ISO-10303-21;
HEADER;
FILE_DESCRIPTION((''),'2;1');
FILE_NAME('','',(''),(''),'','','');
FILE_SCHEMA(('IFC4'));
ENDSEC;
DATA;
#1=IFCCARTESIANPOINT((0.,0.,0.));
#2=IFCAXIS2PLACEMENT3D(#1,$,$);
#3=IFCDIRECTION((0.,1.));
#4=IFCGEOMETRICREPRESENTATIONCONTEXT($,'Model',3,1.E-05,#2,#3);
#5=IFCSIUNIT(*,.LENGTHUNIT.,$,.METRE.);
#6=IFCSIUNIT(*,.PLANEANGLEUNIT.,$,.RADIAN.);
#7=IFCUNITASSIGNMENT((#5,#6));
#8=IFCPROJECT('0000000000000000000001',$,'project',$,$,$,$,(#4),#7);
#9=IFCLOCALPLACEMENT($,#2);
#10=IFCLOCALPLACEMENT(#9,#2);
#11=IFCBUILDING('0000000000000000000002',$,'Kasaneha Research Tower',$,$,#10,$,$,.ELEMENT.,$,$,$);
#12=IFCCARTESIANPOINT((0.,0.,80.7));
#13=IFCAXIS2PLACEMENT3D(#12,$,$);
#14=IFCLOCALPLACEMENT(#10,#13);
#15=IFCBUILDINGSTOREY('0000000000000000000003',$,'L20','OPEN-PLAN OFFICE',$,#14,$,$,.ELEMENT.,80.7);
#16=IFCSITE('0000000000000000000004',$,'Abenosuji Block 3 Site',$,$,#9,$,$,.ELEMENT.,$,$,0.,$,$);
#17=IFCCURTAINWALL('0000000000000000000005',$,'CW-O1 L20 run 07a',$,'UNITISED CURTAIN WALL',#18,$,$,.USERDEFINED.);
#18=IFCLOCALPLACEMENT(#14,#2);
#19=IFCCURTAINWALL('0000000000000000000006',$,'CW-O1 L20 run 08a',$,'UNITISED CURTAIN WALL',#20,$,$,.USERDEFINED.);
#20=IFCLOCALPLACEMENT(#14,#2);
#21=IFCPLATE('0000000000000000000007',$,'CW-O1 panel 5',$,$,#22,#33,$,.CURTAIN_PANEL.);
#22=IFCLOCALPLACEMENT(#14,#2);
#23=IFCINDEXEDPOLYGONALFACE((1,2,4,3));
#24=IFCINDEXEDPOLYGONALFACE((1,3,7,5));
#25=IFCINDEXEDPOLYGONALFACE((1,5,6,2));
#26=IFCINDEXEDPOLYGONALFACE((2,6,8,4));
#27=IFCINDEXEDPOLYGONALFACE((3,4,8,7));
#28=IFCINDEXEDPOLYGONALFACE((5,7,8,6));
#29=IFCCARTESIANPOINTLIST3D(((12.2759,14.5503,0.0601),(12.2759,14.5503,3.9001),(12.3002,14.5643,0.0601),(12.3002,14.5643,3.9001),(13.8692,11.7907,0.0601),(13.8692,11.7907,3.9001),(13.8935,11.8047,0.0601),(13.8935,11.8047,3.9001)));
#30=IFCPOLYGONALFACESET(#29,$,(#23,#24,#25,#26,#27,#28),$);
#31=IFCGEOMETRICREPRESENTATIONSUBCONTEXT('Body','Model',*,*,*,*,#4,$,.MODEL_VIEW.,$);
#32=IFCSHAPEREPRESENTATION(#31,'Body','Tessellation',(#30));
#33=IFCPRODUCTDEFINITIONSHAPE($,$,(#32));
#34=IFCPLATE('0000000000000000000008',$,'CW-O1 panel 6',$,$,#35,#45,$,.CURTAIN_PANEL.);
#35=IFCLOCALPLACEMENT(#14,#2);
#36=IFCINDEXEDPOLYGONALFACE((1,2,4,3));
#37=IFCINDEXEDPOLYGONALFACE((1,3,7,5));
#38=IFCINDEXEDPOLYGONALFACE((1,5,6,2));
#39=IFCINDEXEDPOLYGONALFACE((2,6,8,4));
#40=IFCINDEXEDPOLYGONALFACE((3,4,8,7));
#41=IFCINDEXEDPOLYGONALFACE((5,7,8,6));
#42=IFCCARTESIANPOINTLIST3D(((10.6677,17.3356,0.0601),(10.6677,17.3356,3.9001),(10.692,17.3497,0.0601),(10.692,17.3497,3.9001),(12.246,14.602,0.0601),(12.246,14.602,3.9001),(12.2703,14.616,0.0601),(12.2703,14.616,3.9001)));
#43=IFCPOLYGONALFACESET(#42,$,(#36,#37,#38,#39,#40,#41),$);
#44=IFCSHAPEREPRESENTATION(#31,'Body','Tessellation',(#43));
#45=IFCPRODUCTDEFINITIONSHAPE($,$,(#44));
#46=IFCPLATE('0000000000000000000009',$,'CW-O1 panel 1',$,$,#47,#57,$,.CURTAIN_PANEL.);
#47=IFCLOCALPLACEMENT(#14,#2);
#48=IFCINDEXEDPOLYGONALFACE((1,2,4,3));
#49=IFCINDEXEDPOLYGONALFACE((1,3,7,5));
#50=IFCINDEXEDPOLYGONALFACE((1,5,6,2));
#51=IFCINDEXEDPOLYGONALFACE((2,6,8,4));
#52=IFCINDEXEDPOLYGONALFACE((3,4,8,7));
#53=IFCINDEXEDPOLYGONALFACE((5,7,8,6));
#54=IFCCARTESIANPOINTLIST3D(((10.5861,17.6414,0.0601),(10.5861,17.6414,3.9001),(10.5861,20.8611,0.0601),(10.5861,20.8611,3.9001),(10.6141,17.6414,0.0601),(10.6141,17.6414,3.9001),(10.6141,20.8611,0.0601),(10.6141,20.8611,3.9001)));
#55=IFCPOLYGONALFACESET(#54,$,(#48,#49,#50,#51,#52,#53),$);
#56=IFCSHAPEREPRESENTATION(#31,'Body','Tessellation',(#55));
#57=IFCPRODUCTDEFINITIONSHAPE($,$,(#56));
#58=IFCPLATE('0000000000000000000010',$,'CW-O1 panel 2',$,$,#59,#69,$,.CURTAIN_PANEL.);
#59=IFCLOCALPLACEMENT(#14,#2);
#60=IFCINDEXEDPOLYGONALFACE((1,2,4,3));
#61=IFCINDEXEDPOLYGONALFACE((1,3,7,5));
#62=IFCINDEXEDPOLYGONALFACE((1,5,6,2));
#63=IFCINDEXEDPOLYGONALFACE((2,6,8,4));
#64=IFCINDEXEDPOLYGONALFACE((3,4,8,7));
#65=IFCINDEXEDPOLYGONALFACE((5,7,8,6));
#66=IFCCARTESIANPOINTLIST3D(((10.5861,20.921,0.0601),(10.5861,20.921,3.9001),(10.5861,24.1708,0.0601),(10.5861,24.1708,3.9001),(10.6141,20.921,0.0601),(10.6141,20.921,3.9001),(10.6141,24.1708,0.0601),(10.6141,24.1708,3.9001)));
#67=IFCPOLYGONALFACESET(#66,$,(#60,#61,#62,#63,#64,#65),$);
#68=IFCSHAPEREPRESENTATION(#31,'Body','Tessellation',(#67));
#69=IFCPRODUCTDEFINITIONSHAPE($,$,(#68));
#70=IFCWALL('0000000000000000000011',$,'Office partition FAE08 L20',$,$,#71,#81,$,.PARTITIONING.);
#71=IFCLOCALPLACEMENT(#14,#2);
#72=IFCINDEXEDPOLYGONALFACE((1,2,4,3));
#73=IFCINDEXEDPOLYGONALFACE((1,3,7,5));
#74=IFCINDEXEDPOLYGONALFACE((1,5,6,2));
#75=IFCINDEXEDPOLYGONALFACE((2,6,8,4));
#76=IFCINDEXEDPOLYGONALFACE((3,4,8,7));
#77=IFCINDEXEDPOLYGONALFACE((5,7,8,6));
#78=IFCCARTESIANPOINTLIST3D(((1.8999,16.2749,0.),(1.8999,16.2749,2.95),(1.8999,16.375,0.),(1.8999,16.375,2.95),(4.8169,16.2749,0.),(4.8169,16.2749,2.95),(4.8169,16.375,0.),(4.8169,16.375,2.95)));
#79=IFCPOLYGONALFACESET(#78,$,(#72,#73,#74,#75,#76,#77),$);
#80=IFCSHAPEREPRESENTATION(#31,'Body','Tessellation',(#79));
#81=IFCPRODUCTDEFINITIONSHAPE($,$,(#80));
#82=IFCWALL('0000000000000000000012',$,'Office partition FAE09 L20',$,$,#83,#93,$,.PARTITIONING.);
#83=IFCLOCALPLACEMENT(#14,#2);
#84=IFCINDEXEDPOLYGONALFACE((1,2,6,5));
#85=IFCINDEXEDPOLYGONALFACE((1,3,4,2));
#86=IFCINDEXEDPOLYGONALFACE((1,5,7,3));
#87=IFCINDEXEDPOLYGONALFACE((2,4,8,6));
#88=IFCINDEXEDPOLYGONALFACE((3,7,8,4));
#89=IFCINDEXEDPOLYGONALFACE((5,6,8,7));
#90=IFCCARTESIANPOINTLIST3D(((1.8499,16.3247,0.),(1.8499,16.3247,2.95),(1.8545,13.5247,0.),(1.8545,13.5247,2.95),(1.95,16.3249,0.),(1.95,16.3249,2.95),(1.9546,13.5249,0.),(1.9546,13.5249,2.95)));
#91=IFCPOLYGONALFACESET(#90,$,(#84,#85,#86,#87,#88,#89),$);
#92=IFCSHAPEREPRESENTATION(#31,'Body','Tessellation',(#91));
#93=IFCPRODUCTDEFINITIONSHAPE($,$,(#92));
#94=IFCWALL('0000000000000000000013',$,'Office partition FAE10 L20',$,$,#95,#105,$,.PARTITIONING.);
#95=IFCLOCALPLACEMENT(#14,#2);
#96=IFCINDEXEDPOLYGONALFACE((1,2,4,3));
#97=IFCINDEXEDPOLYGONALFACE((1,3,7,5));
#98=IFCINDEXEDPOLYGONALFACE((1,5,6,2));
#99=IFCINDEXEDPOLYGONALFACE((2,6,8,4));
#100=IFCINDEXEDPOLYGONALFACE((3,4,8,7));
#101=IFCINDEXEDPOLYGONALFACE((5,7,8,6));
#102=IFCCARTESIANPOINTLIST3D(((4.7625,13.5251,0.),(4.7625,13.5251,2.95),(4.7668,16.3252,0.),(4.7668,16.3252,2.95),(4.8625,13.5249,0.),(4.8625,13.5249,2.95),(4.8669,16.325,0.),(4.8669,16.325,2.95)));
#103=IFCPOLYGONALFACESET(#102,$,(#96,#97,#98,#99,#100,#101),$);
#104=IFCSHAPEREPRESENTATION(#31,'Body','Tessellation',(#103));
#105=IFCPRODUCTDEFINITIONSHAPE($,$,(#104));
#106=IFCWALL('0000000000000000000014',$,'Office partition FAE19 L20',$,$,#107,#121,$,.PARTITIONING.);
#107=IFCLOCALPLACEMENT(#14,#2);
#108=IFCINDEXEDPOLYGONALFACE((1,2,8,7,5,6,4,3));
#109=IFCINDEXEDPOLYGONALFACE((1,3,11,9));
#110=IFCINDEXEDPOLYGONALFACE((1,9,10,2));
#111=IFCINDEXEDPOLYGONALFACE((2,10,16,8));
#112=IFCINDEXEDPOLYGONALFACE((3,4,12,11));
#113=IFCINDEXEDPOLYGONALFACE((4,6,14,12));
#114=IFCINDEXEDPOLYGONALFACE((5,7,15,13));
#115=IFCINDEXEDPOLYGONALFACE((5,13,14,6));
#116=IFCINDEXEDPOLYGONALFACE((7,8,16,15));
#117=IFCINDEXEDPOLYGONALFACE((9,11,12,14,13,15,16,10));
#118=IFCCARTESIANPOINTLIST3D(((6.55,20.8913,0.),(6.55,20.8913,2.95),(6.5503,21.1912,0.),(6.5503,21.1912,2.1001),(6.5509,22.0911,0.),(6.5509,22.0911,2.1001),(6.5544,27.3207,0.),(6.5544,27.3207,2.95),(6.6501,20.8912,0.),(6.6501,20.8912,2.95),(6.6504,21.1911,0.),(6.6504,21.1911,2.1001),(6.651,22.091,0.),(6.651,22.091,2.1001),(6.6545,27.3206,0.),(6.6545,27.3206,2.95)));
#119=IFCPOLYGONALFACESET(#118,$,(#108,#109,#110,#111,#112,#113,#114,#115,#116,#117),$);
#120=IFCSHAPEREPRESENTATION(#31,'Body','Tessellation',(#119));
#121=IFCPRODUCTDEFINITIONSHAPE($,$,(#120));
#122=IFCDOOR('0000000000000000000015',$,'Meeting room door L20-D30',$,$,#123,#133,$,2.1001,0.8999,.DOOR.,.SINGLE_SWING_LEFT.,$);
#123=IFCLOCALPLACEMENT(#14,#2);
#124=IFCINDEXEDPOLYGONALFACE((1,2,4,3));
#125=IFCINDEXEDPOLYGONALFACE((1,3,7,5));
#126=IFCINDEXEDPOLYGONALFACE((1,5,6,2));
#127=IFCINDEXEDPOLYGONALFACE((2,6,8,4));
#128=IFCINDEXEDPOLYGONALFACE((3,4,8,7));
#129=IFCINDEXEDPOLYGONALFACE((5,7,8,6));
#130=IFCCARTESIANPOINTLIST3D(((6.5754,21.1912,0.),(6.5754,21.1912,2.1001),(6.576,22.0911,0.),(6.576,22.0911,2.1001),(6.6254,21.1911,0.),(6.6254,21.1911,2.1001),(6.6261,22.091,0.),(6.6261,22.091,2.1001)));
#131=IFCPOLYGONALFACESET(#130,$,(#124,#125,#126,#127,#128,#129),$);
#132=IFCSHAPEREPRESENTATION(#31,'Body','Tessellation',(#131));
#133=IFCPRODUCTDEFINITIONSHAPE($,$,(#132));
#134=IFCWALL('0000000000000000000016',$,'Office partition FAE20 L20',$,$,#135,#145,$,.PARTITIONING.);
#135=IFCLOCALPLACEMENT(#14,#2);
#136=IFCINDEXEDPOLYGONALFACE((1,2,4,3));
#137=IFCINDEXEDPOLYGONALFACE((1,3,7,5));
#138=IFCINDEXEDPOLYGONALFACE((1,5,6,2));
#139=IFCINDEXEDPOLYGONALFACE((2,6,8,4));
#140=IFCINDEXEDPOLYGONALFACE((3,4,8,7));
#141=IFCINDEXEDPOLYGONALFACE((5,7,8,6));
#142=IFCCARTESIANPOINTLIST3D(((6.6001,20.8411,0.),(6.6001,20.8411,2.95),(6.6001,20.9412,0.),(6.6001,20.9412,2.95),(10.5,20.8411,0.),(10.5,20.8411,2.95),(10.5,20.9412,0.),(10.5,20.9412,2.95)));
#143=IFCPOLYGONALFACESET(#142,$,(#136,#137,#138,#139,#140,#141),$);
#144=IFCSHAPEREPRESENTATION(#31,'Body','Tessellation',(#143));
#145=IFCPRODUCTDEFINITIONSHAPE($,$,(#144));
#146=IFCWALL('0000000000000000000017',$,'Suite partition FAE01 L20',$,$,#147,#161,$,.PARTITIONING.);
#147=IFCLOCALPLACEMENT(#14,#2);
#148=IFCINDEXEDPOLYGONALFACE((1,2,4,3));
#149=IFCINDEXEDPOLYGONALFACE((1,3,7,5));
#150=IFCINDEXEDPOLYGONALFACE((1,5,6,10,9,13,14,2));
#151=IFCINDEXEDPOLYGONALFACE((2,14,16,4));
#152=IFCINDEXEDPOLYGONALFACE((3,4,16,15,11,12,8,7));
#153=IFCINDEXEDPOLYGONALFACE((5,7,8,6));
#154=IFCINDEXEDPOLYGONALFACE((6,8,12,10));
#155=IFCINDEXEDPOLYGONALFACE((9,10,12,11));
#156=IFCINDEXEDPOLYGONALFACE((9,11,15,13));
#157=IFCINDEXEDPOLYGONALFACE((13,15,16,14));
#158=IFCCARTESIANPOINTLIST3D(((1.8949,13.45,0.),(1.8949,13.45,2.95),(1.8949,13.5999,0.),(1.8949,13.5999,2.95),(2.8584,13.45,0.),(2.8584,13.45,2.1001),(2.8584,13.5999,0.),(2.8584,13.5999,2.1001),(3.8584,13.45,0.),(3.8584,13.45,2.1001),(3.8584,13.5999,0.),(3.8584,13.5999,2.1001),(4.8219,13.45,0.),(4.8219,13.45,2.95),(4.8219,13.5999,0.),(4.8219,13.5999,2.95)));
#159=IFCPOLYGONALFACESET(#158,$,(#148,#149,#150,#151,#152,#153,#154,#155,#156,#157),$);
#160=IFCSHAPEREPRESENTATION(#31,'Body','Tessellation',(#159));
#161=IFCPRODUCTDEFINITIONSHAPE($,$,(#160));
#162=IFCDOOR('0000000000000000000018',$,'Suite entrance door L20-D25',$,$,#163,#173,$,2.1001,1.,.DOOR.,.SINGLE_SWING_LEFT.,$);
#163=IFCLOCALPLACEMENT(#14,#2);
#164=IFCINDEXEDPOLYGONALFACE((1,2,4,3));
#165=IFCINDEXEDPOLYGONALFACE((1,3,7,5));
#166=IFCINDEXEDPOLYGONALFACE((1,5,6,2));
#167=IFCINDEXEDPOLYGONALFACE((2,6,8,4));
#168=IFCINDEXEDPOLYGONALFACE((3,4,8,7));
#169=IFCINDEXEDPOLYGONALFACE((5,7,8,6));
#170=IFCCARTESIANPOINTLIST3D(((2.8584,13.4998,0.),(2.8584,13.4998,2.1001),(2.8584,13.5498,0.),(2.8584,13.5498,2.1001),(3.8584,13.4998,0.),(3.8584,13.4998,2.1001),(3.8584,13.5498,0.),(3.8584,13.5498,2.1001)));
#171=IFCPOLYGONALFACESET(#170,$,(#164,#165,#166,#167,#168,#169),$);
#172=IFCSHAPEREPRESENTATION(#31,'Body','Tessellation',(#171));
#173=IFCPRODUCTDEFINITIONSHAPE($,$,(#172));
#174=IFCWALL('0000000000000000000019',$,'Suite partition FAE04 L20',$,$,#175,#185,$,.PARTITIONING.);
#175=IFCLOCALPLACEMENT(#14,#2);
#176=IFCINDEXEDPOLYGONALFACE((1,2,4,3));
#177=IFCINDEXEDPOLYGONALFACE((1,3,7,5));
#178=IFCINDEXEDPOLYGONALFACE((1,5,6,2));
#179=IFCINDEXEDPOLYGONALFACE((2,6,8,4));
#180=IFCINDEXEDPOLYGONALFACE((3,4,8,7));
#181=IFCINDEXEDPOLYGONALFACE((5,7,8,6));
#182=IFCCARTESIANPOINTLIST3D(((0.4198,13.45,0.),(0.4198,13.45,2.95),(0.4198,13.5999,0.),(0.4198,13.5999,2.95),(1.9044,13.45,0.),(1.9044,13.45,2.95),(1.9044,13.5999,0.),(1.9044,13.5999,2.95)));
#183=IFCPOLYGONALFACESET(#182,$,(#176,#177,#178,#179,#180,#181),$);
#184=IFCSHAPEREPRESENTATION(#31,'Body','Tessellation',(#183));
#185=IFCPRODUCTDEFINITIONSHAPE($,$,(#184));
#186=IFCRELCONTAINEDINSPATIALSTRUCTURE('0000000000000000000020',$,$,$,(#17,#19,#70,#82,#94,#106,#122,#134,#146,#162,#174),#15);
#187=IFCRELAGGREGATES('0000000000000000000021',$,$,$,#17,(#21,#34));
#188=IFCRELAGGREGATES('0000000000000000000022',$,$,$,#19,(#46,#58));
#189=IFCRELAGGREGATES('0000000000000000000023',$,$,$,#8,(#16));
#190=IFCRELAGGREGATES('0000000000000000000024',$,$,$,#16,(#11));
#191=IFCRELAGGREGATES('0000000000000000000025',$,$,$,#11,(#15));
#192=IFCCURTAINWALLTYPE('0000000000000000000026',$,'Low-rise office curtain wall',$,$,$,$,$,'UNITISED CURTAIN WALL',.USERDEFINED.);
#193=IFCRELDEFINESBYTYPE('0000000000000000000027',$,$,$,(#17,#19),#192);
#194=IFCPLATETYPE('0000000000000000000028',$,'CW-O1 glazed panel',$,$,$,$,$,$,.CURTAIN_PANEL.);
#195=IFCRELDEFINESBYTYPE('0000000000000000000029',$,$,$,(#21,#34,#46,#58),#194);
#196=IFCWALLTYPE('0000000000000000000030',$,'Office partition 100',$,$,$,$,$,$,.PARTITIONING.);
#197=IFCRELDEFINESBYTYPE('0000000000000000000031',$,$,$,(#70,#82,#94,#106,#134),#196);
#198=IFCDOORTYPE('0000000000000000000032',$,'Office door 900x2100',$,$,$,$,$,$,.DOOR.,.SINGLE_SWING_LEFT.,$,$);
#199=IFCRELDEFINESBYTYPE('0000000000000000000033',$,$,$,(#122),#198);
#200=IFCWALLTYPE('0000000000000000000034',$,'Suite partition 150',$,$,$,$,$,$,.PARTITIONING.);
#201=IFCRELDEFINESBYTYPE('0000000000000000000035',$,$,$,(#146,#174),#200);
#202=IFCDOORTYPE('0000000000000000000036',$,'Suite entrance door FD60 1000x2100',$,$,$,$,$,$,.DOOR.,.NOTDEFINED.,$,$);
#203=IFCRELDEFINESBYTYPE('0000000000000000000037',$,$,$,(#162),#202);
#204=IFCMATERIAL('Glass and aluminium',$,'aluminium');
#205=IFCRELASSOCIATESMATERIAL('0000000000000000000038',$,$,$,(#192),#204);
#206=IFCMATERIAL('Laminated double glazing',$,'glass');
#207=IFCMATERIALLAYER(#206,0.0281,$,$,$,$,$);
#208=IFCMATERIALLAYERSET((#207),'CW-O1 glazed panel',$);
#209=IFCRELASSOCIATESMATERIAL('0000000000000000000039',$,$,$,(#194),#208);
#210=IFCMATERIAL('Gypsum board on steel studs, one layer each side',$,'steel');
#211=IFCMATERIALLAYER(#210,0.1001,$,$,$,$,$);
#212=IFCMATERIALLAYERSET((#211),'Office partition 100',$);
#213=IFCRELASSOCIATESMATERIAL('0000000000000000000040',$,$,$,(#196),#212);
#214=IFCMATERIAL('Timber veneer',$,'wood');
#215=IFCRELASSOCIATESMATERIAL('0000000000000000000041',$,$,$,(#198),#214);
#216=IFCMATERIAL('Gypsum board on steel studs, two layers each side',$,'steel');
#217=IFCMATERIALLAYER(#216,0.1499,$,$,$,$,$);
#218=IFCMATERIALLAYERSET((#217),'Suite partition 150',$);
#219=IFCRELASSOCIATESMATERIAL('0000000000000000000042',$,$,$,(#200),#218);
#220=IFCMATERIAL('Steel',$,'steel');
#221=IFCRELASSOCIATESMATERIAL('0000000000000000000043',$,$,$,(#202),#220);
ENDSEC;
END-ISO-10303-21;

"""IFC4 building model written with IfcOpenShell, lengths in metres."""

from ifc_helpers import new_model, si_unit, direction, frame, frame_2d, origin, origin_2d, place, context, subcontext, project, spatial, rectangle, extrude, material, layer, layer_set, type_object, element, fill, aggregate, save


model = new_model("IFC4")

# Units and contexts
model_context = context("Model", 3, precision=1e-05, world=origin(), true_north=direction((0.0, 1.0)))
body_context = subcontext(model_context, "Body", "Model", "MODEL_VIEW")
ifc_project = project(units=[si_unit("LENGTHUNIT", "METRE"), si_unit("PLANEANGLEUNIT", "RADIAN")], contexts=[model_context])

# Site, building, storey
site_placement = place(None, origin())
site = spatial("IfcSite", under=ifc_project, at=site_placement, Name="Abenosuji Block 3 Site", CompositionType="ELEMENT", RefElevation=0.0)
building_placement = place(site_placement, origin())
building = spatial("IfcBuilding", under=site, at=building_placement, Name="Kasaneha Research Tower", CompositionType="ELEMENT")
storey_placement = place(building_placement, frame((0.0, 0.0, 80.7)))
storey = spatial("IfcBuildingStorey", under=building, at=storey_placement, Name="L20", Description="OPEN-PLAN OFFICE", CompositionType="ELEMENT", Elevation=80.7)

# Curtain walls
ifc_material_1 = material(Name="Glass and aluminium", Category="aluminium")
curtain_wall_type = type_object("IfcCurtainWallType", Name="Low-rise office curtain wall", ElementType="UNITISED CURTAIN WALL", PredefinedType="USERDEFINED", material=ifc_material_1)
curtain_wall_1_placement = place(storey_placement, origin())
curtain_wall_1 = element("IfcCurtainWall", 1, at=curtain_wall_1_placement, inside=storey, type_object=curtain_wall_type, Name="CW-O1 L20 run 07a", ObjectType="UNITISED CURTAIN WALL", PredefinedType="USERDEFINED")
curtain_wall_2_placement = place(storey_placement, origin())
curtain_wall_2 = element("IfcCurtainWall", 2, at=curtain_wall_2_placement, inside=storey, type_object=curtain_wall_type, Name="CW-O1 L20 run 08a", ObjectType="UNITISED CURTAIN WALL", PredefinedType="USERDEFINED")

# Plates
ifc_material_2 = material(Name="Laminated double glazing", Category="glass")
ifc_layer_1 = layer(ifc_material_2, 0.0281)
ifc_layer_set_1 = layer_set([ifc_layer_1], Name="CW-O1 glazed panel")
plate_type = type_object("IfcPlateType", Name="CW-O1 glazed panel", PredefinedType="CURTAIN_PANEL", material=ifc_layer_set_1)
plate_1_placement = place(storey_placement, frame((13.0847, 13.1775, 0.0601), z_axis=(0.0, 0.0, 1.0), x_axis=(-0.5, 0.866025, 0.0)))
plate_1 = element("IfcPlate", 3, at=plate_1_placement, type_object=plate_type, Name="CW-O1 panel 5", PredefinedType="CURTAIN_PANEL", context=body_context, shape_type="SweptSolid", body=[
    extrude(rectangle(XDim=3.1865, YDim=0.0281, at=origin_2d()), origin(), (0.0, 0.0, 1.0), 3.8401),
])
plate_2_placement = place(storey_placement, frame((11.469, 15.9758, 0.0601), z_axis=(0.0, 0.0, 1.0), x_axis=(-0.5, 0.866025, 0.0)))
plate_2 = element("IfcPlate", 4, at=plate_2_placement, type_object=plate_type, Name="CW-O1 panel 6", PredefinedType="CURTAIN_PANEL", context=body_context, shape_type="SweptSolid", body=[
    extrude(rectangle(XDim=3.1565, YDim=0.0281, at=origin_2d()), origin(), (0.0, 0.0, 1.0), 3.8401),
])
aggregate(curtain_wall_1, [plate_1, plate_2])
plate_3_placement = place(storey_placement, frame((10.6001, 19.2512, 0.0601), z_axis=(0.0, 0.0, 1.0), x_axis=(0.0, 1.0, 0.0)))
plate_3 = element("IfcPlate", 5, at=plate_3_placement, type_object=plate_type, Name="CW-O1 panel 1", PredefinedType="CURTAIN_PANEL", context=body_context, shape_type="SweptSolid", body=[
    extrude(rectangle(XDim=3.2197, YDim=0.0281, at=origin_2d()), origin(), (0.0, 0.0, 1.0), 3.8401),
])
plate_4_placement = place(storey_placement, frame((10.6001, 22.5459, 0.0601), z_axis=(0.0, 0.0, 1.0), x_axis=(0.0, 1.0, 0.0)))
plate_4 = element("IfcPlate", 6, at=plate_4_placement, type_object=plate_type, Name="CW-O1 panel 2", PredefinedType="CURTAIN_PANEL", context=body_context, shape_type="SweptSolid", body=[
    extrude(rectangle(XDim=3.2498, YDim=0.0281, at=origin_2d()), origin(), (0.0, 0.0, 1.0), 3.8401),
])
aggregate(curtain_wall_2, [plate_3, plate_4])

# Walls
ifc_material_3 = material(Name="Gypsum board on steel studs, one layer each side", Category="steel")
ifc_layer_2 = layer(ifc_material_3, 0.1001)
ifc_layer_set_2 = layer_set([ifc_layer_2], Name="Office partition 100")
wall_type_1 = type_object("IfcWallType", Name="Office partition 100", PredefinedType="PARTITIONING", material=ifc_layer_set_2)
wall_1_placement = place(storey_placement, frame((1.8999, 16.325, 0.0), z_axis=(0.0, 0.0, 1.0), x_axis=(1.0, 0.0, 0.0)))
element("IfcWall", 7, at=wall_1_placement, inside=storey, type_object=wall_type_1, Name="Office partition FAE08 L20", PredefinedType="PARTITIONING", context=body_context, shape_type="SweptSolid", body=[
    extrude(rectangle(XDim=2.917, YDim=0.1001, at=frame_2d((1.4585, 0.0))), origin(), (0.0, 0.0, 1.0), 2.95),
])
for number, where, z_axis, x_axis, name in (
    (8, (1.9045, 13.5249, 0.0), (0.0, 0.0, 1.0), (-0.001657, 0.999999, 0.0), "Office partition FAE09 L20"),
    (9, (4.8169, 16.325, 0.0), (0.0, 0.0, 1.0), (-0.001569, -0.999999, 0.0), "Office partition FAE10 L20"),
):
    element("IfcWall", number, at=place(storey_placement, frame(where, z_axis=z_axis, x_axis=x_axis)), inside=storey, type_object=wall_type_1, Name=name, PredefinedType="PARTITIONING", context=body_context, shape_type="SweptSolid", body=[
        extrude(rectangle(XDim=2.8, YDim=0.1001, at=frame_2d((1.3999, 0.0))), origin(), (0.0, 0.0, 1.0), 2.95),
    ])

# Wall, opening, door
wall_2_placement = place(storey_placement, frame((6.6001, 20.8911, 0.0), z_axis=(0.0, 0.0, 1.0), x_axis=(0.000684, 1.0, 0.0)))
wall_2 = element("IfcWall", 10, at=wall_2_placement, inside=storey, type_object=wall_type_1, Name="Office partition FAE19 L20", PredefinedType="PARTITIONING", context=body_context, shape_type="SweptSolid", body=[
    extrude(rectangle(XDim=6.4294, YDim=0.1001, at=frame_2d((3.2148, 0.0))), origin(), (0.0, 0.0, 1.0), 2.95),
])
opening_1_placement = place(wall_2_placement, frame((0.3, 0.0, 0.0)))
opening_1 = element("IfcOpeningElement", 11, at=opening_1_placement, cuts=wall_2, PredefinedType="OPENING", context=body_context, shape_type="SweptSolid", body=[
    extrude(rectangle(XDim=0.8999, YDim=2.1001, at=frame_2d((0.45, 1.05))), frame((0.0, 0.0601, 0.0), z_axis=(0.0, -1.0, 0.0), x_axis=(1.0, 0.0, 0.0)), (0.0, 0.0, 1.0), 0.1201),
])
ifc_material_4 = material(Name="Timber veneer", Category="wood")
door_type_1 = type_object("IfcDoorType", Name="Office door 900x2100", OperationType="SINGLE_SWING_LEFT", PredefinedType="DOOR", material=ifc_material_4)
door_1_placement = place(opening_1_placement, origin())
door_1 = element("IfcDoor", 12, at=door_1_placement, inside=storey, type_object=door_type_1, Name="Meeting room door L20-D30", OperationType="SINGLE_SWING_LEFT", OverallHeight=2.1001, OverallWidth=0.8999, PredefinedType="DOOR", context=body_context, shape_type="SweptSolid", body=[
    extrude(rectangle(XDim=0.8999, YDim=2.1001, at=frame_2d((0.45, 1.05))), frame((0.0, 0.0249, 0.0), z_axis=(0.0, -1.0, 0.0), x_axis=(1.0, 0.0, 0.0)), (0.0, 0.0, 1.0), 0.05),
])
fill(opening_1, door_1)

# Wall
wall_3_placement = place(storey_placement, frame((10.5, 20.8911, 0.0), z_axis=(0.0, 0.0, 1.0), x_axis=(-1.0, 0.0, 0.0)))
element("IfcWall", 13, at=wall_3_placement, inside=storey, type_object=wall_type_1, Name="Office partition FAE20 L20", PredefinedType="PARTITIONING", context=body_context, shape_type="SweptSolid", body=[
    extrude(rectangle(XDim=3.8999, YDim=0.1001, at=frame_2d((1.95, 0.0))), origin(), (0.0, 0.0, 1.0), 2.95),
])

# Wall, opening, door
ifc_material_5 = material(Name="Gypsum board on steel studs, two layers each side", Category="steel")
ifc_layer_3 = layer(ifc_material_5, 0.1499)
ifc_layer_set_3 = layer_set([ifc_layer_3], Name="Suite partition 150")
wall_type_2 = type_object("IfcWallType", Name="Suite partition 150", PredefinedType="PARTITIONING", material=ifc_layer_set_3)
wall_4_placement = place(storey_placement, frame((1.895, 13.5249, 0.0), z_axis=(0.0, 0.0, 1.0), x_axis=(1.0, 0.0, 0.0)))
wall_4 = element("IfcWall", 14, at=wall_4_placement, inside=storey, type_object=wall_type_2, Name="Suite partition FAE01 L20", PredefinedType="PARTITIONING", context=body_context, shape_type="SweptSolid", body=[
    extrude(rectangle(XDim=2.927, YDim=0.1499, at=frame_2d((1.4634, 0.0))), origin(), (0.0, 0.0, 1.0), 2.95),
])
opening_2_placement = place(wall_4_placement, frame((0.9634, 0.0, 0.0)))
opening_2 = element("IfcOpeningElement", 15, at=opening_2_placement, cuts=wall_4, PredefinedType="OPENING", context=body_context, shape_type="SweptSolid", body=[
    extrude(rectangle(XDim=1.0, YDim=2.1001, at=frame_2d((0.5, 1.05))), frame((0.0, 0.085, 0.0), z_axis=(0.0, -1.0, 0.0), x_axis=(1.0, 0.0, 0.0)), (0.0, 0.0, 1.0), 0.1699),
])
ifc_material_6 = material(Name="Steel", Category="steel")
door_type_2 = type_object("IfcDoorType", Name="Suite entrance door FD60 1000x2100", OperationType="NOTDEFINED", PredefinedType="DOOR", material=ifc_material_6)
door_2_placement = place(opening_2_placement, origin())
door_2 = element("IfcDoor", 16, at=door_2_placement, inside=storey, type_object=door_type_2, Name="Suite entrance door L20-D25", OperationType="SINGLE_SWING_LEFT", OverallHeight=2.1001, OverallWidth=1.0, PredefinedType="DOOR", context=body_context, shape_type="SweptSolid", body=[
    extrude(rectangle(XDim=1.0, YDim=2.1001, at=frame_2d((0.5, 1.05))), frame((0.0, 0.0249, 0.0), z_axis=(0.0, -1.0, 0.0), x_axis=(1.0, 0.0, 0.0)), (0.0, 0.0, 1.0), 0.05),
])
fill(opening_2, door_2)

# Wall
wall_5_placement = place(storey_placement, frame((0.4199, 13.5249, 0.0), z_axis=(0.0, 0.0, 1.0), x_axis=(1.0, 0.0, 0.0)))
element("IfcWall", 17, at=wall_5_placement, inside=storey, type_object=wall_type_2, Name="Suite partition FAE04 L20", PredefinedType="PARTITIONING", context=body_context, shape_type="SweptSolid", body=[
    extrude(rectangle(XDim=1.4846, YDim=0.1499, at=frame_2d((0.7422, 0.0))), origin(), (0.0, 0.0, 1.0), 2.95),
])

save(model, "model.ifc")
